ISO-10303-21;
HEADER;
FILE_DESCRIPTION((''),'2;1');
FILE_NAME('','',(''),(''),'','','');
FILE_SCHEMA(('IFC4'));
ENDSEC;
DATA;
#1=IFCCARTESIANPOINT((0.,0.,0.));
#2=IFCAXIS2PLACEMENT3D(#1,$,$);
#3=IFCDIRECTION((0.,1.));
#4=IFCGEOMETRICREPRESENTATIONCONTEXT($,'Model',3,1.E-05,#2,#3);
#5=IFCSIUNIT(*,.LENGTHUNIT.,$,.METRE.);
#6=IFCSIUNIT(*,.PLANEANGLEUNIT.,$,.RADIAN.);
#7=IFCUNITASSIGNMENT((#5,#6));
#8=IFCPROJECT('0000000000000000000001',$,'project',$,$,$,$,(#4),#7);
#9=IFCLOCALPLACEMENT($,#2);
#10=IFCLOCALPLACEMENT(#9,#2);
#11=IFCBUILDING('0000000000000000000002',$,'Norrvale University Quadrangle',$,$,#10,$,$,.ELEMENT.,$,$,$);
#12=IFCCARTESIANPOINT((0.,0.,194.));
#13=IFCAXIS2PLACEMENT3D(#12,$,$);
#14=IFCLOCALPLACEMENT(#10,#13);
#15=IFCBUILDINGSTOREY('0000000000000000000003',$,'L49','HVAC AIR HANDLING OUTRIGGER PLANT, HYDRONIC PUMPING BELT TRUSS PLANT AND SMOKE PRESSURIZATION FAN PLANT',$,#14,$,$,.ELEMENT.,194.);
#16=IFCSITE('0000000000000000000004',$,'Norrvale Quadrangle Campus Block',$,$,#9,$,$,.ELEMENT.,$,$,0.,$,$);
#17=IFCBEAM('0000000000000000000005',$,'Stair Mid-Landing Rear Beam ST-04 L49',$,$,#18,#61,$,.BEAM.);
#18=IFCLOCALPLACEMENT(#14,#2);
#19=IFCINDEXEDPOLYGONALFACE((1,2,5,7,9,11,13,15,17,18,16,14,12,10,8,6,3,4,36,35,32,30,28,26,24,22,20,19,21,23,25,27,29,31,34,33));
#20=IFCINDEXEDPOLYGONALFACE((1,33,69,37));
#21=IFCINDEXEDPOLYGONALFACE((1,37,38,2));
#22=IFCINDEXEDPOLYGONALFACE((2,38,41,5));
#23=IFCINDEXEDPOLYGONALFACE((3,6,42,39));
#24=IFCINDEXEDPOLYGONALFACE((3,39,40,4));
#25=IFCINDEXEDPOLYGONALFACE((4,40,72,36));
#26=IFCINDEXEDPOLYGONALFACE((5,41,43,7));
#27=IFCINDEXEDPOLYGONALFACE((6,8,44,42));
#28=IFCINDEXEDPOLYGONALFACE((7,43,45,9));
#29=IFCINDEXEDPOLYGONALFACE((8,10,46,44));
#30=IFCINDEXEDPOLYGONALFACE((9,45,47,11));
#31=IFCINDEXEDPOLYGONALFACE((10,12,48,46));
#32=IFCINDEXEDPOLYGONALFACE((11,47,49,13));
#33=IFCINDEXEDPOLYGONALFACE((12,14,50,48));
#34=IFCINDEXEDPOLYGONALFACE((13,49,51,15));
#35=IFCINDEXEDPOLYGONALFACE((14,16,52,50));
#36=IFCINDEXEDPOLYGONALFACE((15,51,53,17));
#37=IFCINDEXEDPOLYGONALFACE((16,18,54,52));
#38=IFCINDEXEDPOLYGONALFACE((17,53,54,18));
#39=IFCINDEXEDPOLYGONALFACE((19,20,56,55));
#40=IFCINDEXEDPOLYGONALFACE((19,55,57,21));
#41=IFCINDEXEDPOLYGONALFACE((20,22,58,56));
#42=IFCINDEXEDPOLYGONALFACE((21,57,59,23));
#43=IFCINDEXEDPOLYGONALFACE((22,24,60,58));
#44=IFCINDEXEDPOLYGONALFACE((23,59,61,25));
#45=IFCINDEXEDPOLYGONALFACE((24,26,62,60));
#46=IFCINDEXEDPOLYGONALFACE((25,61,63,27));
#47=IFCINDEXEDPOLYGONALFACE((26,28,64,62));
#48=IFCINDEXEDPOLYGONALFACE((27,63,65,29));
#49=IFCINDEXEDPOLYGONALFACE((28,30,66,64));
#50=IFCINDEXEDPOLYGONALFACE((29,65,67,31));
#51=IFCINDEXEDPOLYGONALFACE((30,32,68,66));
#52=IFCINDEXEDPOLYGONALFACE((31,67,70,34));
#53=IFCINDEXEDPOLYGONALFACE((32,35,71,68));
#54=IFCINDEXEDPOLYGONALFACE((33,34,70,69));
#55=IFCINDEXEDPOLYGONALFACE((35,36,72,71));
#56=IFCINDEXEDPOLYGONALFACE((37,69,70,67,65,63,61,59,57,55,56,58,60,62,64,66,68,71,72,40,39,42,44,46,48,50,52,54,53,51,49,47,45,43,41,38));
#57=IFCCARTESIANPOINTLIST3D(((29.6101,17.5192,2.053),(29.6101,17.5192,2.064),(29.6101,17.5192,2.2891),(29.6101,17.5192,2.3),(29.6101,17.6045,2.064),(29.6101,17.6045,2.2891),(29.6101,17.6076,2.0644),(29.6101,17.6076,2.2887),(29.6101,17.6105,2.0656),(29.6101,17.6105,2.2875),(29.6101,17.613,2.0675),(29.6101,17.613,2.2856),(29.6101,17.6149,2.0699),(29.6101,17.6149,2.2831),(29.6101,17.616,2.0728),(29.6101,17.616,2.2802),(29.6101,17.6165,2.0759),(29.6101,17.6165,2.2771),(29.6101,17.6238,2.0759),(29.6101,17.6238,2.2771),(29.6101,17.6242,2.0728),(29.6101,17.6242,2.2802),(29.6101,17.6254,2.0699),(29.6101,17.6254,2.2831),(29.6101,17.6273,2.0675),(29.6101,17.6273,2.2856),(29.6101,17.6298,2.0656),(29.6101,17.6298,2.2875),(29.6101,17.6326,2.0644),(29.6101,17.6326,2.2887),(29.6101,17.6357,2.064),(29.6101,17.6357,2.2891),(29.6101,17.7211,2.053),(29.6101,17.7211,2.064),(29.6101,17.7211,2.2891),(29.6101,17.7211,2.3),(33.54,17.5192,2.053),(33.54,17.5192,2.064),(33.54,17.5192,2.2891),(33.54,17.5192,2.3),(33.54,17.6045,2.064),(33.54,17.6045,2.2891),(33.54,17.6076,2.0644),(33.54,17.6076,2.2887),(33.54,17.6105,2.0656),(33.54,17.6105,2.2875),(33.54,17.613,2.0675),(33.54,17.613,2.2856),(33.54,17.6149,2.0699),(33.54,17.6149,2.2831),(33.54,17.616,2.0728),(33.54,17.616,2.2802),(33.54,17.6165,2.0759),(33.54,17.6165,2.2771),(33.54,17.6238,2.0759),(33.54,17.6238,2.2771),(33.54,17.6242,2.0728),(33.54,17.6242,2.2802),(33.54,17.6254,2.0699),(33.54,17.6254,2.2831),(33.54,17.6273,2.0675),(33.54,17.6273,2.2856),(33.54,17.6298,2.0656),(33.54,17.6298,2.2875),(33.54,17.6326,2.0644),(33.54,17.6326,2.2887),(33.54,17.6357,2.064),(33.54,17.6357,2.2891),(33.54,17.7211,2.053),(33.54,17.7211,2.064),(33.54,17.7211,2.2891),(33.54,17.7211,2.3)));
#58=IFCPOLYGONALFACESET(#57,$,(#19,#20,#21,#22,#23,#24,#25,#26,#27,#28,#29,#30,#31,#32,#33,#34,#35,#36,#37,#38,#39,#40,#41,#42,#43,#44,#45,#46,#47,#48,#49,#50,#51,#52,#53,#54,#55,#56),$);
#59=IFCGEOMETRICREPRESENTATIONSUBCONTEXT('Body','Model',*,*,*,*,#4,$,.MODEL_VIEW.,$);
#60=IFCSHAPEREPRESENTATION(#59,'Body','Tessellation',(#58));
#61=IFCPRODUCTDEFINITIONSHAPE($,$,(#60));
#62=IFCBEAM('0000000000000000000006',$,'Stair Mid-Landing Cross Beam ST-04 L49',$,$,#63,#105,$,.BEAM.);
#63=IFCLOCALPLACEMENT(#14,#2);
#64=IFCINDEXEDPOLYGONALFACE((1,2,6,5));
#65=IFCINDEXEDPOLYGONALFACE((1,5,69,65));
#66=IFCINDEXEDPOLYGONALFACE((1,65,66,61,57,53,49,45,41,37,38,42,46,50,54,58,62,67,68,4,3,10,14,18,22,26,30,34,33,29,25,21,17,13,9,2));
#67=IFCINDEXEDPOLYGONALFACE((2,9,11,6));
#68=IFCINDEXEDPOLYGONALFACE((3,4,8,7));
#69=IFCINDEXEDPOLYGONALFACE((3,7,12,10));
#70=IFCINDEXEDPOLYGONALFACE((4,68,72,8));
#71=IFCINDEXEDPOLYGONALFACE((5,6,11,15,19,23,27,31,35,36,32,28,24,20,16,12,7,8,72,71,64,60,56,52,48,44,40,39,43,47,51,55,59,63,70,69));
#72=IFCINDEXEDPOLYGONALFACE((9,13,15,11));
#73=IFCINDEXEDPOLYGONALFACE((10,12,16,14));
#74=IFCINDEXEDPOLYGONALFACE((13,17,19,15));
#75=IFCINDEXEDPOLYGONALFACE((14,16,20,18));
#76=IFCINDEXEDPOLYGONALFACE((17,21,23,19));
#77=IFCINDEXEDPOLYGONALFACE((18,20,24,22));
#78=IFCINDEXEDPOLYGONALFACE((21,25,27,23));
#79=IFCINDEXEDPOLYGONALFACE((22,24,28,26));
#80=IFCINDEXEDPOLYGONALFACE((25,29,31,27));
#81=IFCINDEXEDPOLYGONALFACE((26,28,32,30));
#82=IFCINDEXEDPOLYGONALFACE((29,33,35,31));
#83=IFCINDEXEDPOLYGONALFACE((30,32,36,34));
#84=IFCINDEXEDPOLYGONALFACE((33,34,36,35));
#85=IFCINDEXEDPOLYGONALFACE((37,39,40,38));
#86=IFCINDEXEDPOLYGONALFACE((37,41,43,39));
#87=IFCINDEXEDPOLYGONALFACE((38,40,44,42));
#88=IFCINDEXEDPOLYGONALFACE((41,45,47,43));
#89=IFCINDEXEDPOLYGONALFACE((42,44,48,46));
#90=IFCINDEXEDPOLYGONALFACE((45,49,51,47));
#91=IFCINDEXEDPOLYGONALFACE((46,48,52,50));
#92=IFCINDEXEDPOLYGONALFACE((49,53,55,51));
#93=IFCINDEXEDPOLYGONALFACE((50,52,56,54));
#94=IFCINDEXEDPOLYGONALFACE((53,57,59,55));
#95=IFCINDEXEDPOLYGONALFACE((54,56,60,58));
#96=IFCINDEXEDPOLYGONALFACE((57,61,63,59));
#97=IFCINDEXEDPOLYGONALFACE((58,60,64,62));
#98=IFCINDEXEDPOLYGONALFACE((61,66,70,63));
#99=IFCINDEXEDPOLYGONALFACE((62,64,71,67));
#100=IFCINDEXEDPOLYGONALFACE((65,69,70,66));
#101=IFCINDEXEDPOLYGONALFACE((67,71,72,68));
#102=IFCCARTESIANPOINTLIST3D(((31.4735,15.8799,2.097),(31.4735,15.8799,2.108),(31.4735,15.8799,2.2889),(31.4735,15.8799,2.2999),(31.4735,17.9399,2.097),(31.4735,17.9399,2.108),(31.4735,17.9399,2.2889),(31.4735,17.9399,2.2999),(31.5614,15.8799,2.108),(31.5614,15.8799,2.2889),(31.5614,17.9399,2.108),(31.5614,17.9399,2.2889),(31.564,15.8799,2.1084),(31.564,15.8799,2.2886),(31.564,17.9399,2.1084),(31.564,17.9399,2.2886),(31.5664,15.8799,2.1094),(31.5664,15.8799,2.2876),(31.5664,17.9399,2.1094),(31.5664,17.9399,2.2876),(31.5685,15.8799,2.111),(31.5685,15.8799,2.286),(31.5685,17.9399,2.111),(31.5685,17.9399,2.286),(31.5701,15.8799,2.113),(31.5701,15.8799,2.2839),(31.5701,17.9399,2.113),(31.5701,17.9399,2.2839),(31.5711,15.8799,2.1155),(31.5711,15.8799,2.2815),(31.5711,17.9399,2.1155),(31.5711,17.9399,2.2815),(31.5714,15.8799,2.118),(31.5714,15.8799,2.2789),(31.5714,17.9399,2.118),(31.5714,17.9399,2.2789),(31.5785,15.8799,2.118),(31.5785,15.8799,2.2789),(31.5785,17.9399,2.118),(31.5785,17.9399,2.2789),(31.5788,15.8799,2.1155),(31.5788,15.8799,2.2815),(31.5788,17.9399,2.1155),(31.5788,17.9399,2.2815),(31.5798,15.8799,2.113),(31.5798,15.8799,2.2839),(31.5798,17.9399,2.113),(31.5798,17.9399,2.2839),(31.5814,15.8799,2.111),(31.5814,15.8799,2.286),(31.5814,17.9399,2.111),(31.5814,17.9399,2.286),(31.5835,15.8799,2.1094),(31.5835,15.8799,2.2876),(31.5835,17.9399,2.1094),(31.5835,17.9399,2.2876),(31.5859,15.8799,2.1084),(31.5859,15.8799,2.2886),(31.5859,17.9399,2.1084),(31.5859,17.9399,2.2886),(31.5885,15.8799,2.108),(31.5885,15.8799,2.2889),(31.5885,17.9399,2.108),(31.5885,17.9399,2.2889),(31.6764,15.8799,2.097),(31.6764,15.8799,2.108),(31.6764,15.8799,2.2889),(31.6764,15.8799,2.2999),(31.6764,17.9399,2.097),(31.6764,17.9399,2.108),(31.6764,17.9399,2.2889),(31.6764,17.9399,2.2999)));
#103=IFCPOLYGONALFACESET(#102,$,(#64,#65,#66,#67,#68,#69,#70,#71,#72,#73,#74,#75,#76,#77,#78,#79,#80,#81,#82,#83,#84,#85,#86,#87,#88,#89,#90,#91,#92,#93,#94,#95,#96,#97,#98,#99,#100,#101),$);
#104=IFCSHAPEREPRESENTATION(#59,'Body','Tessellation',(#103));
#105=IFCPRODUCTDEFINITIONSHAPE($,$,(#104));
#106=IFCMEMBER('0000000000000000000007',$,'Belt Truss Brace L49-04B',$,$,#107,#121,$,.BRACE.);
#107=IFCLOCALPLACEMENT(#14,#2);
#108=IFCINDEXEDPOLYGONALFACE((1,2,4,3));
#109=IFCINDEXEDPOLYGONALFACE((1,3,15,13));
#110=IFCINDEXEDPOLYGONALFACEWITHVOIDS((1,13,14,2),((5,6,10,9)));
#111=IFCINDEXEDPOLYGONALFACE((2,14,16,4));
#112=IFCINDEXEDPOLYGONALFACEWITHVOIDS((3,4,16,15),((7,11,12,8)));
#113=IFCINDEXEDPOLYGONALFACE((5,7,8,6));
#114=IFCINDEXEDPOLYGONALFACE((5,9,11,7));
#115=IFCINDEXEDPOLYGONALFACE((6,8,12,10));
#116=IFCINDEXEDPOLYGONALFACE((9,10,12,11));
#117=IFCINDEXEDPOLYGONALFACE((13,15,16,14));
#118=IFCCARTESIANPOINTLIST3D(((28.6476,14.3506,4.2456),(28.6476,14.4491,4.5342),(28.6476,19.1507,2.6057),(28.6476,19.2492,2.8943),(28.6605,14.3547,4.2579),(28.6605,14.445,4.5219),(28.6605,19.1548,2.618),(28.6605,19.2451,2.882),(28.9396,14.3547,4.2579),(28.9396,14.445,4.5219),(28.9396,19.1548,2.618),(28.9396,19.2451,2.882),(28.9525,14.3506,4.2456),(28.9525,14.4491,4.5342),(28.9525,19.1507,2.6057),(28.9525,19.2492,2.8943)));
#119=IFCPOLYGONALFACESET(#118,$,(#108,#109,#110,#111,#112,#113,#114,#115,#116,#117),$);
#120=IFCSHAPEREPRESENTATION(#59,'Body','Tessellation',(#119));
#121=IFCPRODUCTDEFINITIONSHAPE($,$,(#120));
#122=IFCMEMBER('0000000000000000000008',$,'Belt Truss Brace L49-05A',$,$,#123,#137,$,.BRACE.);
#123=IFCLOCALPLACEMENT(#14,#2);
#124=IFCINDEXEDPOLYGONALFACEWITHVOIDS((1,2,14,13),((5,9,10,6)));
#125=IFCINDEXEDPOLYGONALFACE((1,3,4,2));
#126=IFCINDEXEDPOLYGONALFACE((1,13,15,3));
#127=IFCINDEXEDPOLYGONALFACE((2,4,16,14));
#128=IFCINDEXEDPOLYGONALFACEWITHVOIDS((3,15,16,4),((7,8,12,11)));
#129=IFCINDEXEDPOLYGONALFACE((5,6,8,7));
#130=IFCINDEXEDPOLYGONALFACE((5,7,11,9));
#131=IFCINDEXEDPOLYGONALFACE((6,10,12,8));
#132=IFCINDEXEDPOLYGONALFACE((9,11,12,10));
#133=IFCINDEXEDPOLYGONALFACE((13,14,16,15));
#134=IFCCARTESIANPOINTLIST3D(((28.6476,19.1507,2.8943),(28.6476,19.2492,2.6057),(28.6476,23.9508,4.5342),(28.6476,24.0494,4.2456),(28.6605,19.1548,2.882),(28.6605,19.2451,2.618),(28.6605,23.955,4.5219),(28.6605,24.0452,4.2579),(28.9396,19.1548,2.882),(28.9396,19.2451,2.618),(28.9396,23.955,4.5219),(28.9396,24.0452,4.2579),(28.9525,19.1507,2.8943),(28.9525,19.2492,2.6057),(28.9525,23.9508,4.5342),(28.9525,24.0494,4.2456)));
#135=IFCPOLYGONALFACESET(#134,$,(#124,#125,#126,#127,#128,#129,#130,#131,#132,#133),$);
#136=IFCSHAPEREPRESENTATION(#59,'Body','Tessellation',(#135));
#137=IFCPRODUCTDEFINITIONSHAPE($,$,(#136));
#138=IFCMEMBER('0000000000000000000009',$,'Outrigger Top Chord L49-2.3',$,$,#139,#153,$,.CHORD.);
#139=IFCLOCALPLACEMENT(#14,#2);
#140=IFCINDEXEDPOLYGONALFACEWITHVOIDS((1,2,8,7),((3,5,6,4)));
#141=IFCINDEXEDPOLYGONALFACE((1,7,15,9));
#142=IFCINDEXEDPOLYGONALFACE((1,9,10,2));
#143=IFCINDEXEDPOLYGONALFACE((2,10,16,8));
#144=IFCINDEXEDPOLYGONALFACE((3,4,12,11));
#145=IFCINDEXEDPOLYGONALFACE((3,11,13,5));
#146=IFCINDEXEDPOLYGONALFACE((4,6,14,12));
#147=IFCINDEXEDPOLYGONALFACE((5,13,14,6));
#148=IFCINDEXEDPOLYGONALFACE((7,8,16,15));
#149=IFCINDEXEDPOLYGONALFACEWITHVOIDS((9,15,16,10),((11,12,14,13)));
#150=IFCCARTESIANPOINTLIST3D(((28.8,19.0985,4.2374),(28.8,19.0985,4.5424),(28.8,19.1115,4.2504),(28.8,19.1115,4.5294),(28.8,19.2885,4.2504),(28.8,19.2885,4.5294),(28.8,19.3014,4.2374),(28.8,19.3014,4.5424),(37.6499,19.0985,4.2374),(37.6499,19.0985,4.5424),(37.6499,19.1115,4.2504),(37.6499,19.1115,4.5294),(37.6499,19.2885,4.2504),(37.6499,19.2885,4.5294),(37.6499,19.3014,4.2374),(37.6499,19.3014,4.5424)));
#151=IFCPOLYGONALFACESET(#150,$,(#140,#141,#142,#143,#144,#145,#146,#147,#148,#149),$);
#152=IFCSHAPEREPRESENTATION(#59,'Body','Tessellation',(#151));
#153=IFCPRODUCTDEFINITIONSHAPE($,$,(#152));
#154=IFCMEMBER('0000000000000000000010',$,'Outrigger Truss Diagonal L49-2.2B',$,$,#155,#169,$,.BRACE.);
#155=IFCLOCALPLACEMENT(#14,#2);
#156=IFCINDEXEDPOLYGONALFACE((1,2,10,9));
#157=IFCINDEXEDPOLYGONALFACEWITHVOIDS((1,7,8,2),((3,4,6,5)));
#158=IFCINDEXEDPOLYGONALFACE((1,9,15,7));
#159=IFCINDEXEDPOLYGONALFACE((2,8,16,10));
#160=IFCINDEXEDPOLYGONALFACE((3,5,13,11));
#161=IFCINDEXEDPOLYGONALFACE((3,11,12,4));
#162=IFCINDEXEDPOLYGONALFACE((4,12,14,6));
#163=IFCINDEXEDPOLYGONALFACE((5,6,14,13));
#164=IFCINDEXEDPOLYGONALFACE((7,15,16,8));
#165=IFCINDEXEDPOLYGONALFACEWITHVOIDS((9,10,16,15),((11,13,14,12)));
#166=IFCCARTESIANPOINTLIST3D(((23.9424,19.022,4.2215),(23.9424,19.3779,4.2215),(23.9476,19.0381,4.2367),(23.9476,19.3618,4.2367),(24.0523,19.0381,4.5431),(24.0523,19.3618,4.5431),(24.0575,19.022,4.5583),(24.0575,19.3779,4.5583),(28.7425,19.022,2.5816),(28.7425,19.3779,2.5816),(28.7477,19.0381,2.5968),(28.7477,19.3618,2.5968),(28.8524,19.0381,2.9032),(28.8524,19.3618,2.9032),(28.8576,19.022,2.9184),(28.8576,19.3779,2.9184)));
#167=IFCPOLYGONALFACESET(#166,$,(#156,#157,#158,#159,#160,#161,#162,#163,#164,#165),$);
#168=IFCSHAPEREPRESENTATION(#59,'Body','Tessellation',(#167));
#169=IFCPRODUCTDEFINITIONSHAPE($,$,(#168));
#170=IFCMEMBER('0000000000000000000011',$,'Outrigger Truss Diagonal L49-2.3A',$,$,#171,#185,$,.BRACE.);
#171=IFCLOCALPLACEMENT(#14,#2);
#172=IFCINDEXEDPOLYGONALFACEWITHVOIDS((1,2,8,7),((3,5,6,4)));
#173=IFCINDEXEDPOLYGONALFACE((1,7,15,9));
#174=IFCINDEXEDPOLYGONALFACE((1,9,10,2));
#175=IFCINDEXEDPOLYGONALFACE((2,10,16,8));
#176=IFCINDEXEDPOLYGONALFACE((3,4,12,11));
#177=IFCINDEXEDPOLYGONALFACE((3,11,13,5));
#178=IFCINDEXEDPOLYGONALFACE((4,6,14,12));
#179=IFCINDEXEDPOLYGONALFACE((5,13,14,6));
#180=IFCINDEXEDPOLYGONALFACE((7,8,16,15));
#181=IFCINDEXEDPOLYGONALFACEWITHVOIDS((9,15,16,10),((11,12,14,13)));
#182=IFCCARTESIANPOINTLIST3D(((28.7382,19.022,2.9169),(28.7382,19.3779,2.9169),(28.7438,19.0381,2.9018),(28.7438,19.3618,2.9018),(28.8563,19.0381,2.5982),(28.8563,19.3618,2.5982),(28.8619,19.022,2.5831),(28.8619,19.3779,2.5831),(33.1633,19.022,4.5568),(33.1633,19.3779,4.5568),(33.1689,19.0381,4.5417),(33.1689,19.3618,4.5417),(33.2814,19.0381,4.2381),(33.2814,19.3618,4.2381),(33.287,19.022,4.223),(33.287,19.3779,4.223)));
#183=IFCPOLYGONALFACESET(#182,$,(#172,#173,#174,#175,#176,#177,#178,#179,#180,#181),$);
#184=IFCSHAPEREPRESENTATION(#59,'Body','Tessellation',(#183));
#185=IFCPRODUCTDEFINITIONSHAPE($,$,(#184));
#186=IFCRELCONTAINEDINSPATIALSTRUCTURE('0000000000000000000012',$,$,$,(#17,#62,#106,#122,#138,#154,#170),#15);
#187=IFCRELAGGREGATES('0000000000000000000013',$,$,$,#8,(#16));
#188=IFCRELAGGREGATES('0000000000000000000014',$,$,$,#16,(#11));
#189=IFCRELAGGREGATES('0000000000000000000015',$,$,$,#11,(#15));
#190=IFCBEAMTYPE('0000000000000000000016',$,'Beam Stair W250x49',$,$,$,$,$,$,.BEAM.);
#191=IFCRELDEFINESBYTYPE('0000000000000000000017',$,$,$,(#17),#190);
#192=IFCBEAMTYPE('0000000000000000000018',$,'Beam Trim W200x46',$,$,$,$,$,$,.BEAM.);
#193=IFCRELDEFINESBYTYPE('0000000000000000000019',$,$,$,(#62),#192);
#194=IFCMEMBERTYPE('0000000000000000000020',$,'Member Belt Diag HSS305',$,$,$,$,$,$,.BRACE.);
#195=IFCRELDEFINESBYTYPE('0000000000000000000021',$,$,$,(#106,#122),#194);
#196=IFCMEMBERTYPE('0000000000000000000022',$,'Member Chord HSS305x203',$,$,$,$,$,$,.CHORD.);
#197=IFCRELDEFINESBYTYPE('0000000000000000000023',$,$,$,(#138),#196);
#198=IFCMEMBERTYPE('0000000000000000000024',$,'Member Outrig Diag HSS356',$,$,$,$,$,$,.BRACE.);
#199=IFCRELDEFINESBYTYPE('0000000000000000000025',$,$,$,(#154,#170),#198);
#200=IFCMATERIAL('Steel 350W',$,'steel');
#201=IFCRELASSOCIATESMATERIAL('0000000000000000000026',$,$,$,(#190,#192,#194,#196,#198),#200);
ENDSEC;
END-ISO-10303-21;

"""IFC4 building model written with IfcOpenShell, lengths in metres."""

from ifc_helpers import new_model, si_unit, direction, frame, origin, origin_2d, place, context, subcontext, project, spatial, hollow_rectangle, i_section, extrude, material, material_profile, profile_set, type_object, element, save


model = new_model("IFC4")

# Units and contexts
model_context = context("Model", 3, precision=1e-05, world=origin(), true_north=direction((0.0, 1.0)))
body_context = subcontext(model_context, "Body", "Model", "MODEL_VIEW")
ifc_project = project(units=[si_unit("LENGTHUNIT", "METRE"), si_unit("PLANEANGLEUNIT", "RADIAN")], contexts=[model_context])

# Site, building, storey
site_placement = place(None, origin())
site = spatial("IfcSite", under=ifc_project, at=site_placement, Name="Norrvale Quadrangle Campus Block", CompositionType="ELEMENT", RefElevation=0.0)
building_placement = place(site_placement, origin())
building = spatial("IfcBuilding", under=site, at=building_placement, Name="Norrvale University Quadrangle", CompositionType="ELEMENT")
storey_placement = place(building_placement, frame((0.0, 0.0, 194.0)))
storey = spatial("IfcBuildingStorey", under=building, at=storey_placement, Name="L49", Description="HVAC AIR HANDLING OUTRIGGER PLANT, HYDRONIC PUMPING BELT TRUSS PLANT AND SMOKE PRESSURIZATION FAN PLANT", CompositionType="ELEMENT", Elevation=194.0)

# Beams
ifc_material_1 = material(Name="Steel 350W", Category="steel")
ifc_material_profile_1 = material_profile(ifc_material_1, i_section(OverallWidth=0.2019, OverallDepth=0.2471, WebThickness=0.0073, FlangeThickness=0.011, FilletRadius=0.012, at=origin_2d()), Name="Steel 350W")
ifc_profile_set_1 = profile_set([ifc_material_profile_1], Name="Steel 350W")
beam_type_1 = type_object("IfcBeamType", Name="Beam Stair W250x49", PredefinedType="BEAM", material=ifc_profile_set_1)
for number, where, z_axis, x_axis, name in (
    (1, (29.6101, 17.6201, 2.1765), (1.0, 0.0, 0.0), (0.0, 1.0, 0.0), "Stair Mid-Landing Rear Beam ST-04 L49"),
):
    element("IfcBeam", number, at=place(storey_placement, frame(where, z_axis=z_axis, x_axis=x_axis)), inside=storey, type_object=beam_type_1, Name=name, PredefinedType="BEAM", context=body_context, shape_type="SweptSolid", body=[
        extrude(i_section(OverallWidth=0.2019, OverallDepth=0.2471, WebThickness=0.0073, FlangeThickness=0.011, FilletRadius=0.012, at=origin_2d()), origin(), (0.0, 0.0, 1.0), 3.9299),
    ])
ifc_material_profile_2 = material_profile(ifc_material_1, i_section(OverallWidth=0.2029, OverallDepth=0.2029, WebThickness=0.0071, FlangeThickness=0.011, FilletRadius=0.01, at=origin_2d()), Name="Steel 350W")
ifc_profile_set_2 = profile_set([ifc_material_profile_2], Name="Steel 350W")
beam_type_2 = type_object("IfcBeamType", Name="Beam Trim W200x46", PredefinedType="BEAM", material=ifc_profile_set_2)
beam_1_placement = place(storey_placement, frame((31.575, 15.8799, 2.1985), z_axis=(0.0, 1.0, 0.0), x_axis=(-1.0, 0.0, 0.0)))
element("IfcBeam", 2, at=beam_1_placement, inside=storey, type_object=beam_type_2, Name="Stair Mid-Landing Cross Beam ST-04 L49", PredefinedType="BEAM", context=body_context, shape_type="SweptSolid", body=[
    extrude(i_section(OverallWidth=0.2029, OverallDepth=0.2029, WebThickness=0.0071, FlangeThickness=0.011, FilletRadius=0.01, at=origin_2d()), origin(), (0.0, 0.0, 1.0), 2.0601),
])

# Members
ifc_material_profile_3 = material_profile(ifc_material_1, hollow_rectangle(XDim=0.3049, YDim=0.3049, WallThickness=0.0129, at=origin_2d()), Name="Steel 350W")
ifc_profile_set_3 = profile_set([ifc_material_profile_3], Name="Steel 350W")
member_type_1 = type_object("IfcMemberType", Name="Member Belt Diag HSS305", PredefinedType="BRACE", material=ifc_profile_set_3)
for number, where, z_axis, x_axis, name in (
    (3, (28.8, 19.2, 2.75), (0.0, -0.946299, 0.323294), (1.0, 0.0, 0.0), "Belt Truss Brace L49-04B"),
    (4, (28.8, 19.2, 2.75), (0.0, 0.946299, 0.323294), (-1.0, 0.0, 0.0), "Belt Truss Brace L49-05A"),
):
    element("IfcMember", number, at=place(storey_placement, frame(where, z_axis=z_axis, x_axis=x_axis)), inside=storey, type_object=member_type_1, Name=name, PredefinedType="BRACE", context=body_context, shape_type="SweptSolid", body=[
        extrude(hollow_rectangle(XDim=0.3049, YDim=0.3049, WallThickness=0.0129, at=origin_2d()), origin(), (0.0, 0.0, 1.0), 5.0725),
    ])
ifc_material_profile_4 = material_profile(ifc_material_1, hollow_rectangle(XDim=0.2029, YDim=0.3049, WallThickness=0.0129, at=origin_2d()), Name="Steel 350W")
ifc_profile_set_4 = profile_set([ifc_material_profile_4], Name="Steel 350W")
member_type_2 = type_object("IfcMemberType", Name="Member Chord HSS305x203", PredefinedType="CHORD", material=ifc_profile_set_4)
member_1_placement = place(storey_placement, frame((28.8, 19.2, 4.3899), z_axis=(1.0, 0.0, 0.0), x_axis=(0.0, 1.0, 0.0)))
element("IfcMember", 5, at=member_1_placement, inside=storey, type_object=member_type_2, Name="Outrigger Top Chord L49-2.3", PredefinedType="CHORD", context=body_context, shape_type="SweptSolid", body=[
    extrude(hollow_rectangle(XDim=0.2029, YDim=0.3049, WallThickness=0.0129, at=origin_2d()), origin(), (0.0, 0.0, 1.0), 8.8499),
])
ifc_material_profile_5 = material_profile(ifc_material_1, hollow_rectangle(XDim=0.356, YDim=0.356, WallThickness=0.0161, at=origin_2d()), Name="Steel 350W")
ifc_profile_set_5 = profile_set([ifc_material_profile_5], Name="Steel 350W")
member_type_3 = type_object("IfcMemberType", Name="Member Outrig Diag HSS356", PredefinedType="BRACE", material=ifc_profile_set_5)
member_2_placement = place(storey_placement, frame((28.8, 19.2, 2.75), z_axis=(-0.946299, 0.0, 0.323294), x_axis=(0.0, -1.0, 0.0)))
element("IfcMember", 6, at=member_2_placement, inside=storey, type_object=member_type_3, Name="Outrigger Truss Diagonal L49-2.2B", PredefinedType="BRACE", context=body_context, shape_type="SweptSolid", body=[
    extrude(hollow_rectangle(XDim=0.356, YDim=0.356, WallThickness=0.0161, at=origin_2d()), origin(), (0.0, 0.0, 1.0), 5.0725),
])
member_3_placement = place(storey_placement, frame((28.8, 19.2, 2.75), z_axis=(0.937681, 0.0, 0.347498), x_axis=(0.0, 1.0, 0.0)))
element("IfcMember", 7, at=member_3_placement, inside=storey, type_object=member_type_3, Name="Outrigger Truss Diagonal L49-2.3A", PredefinedType="BRACE", context=body_context, shape_type="SweptSolid", body=[
    extrude(hollow_rectangle(XDim=0.356, YDim=0.356, WallThickness=0.0161, at=origin_2d()), origin(), (0.0, 0.0, 1.0), 4.7192),
])

save(model, "model.ifc")
